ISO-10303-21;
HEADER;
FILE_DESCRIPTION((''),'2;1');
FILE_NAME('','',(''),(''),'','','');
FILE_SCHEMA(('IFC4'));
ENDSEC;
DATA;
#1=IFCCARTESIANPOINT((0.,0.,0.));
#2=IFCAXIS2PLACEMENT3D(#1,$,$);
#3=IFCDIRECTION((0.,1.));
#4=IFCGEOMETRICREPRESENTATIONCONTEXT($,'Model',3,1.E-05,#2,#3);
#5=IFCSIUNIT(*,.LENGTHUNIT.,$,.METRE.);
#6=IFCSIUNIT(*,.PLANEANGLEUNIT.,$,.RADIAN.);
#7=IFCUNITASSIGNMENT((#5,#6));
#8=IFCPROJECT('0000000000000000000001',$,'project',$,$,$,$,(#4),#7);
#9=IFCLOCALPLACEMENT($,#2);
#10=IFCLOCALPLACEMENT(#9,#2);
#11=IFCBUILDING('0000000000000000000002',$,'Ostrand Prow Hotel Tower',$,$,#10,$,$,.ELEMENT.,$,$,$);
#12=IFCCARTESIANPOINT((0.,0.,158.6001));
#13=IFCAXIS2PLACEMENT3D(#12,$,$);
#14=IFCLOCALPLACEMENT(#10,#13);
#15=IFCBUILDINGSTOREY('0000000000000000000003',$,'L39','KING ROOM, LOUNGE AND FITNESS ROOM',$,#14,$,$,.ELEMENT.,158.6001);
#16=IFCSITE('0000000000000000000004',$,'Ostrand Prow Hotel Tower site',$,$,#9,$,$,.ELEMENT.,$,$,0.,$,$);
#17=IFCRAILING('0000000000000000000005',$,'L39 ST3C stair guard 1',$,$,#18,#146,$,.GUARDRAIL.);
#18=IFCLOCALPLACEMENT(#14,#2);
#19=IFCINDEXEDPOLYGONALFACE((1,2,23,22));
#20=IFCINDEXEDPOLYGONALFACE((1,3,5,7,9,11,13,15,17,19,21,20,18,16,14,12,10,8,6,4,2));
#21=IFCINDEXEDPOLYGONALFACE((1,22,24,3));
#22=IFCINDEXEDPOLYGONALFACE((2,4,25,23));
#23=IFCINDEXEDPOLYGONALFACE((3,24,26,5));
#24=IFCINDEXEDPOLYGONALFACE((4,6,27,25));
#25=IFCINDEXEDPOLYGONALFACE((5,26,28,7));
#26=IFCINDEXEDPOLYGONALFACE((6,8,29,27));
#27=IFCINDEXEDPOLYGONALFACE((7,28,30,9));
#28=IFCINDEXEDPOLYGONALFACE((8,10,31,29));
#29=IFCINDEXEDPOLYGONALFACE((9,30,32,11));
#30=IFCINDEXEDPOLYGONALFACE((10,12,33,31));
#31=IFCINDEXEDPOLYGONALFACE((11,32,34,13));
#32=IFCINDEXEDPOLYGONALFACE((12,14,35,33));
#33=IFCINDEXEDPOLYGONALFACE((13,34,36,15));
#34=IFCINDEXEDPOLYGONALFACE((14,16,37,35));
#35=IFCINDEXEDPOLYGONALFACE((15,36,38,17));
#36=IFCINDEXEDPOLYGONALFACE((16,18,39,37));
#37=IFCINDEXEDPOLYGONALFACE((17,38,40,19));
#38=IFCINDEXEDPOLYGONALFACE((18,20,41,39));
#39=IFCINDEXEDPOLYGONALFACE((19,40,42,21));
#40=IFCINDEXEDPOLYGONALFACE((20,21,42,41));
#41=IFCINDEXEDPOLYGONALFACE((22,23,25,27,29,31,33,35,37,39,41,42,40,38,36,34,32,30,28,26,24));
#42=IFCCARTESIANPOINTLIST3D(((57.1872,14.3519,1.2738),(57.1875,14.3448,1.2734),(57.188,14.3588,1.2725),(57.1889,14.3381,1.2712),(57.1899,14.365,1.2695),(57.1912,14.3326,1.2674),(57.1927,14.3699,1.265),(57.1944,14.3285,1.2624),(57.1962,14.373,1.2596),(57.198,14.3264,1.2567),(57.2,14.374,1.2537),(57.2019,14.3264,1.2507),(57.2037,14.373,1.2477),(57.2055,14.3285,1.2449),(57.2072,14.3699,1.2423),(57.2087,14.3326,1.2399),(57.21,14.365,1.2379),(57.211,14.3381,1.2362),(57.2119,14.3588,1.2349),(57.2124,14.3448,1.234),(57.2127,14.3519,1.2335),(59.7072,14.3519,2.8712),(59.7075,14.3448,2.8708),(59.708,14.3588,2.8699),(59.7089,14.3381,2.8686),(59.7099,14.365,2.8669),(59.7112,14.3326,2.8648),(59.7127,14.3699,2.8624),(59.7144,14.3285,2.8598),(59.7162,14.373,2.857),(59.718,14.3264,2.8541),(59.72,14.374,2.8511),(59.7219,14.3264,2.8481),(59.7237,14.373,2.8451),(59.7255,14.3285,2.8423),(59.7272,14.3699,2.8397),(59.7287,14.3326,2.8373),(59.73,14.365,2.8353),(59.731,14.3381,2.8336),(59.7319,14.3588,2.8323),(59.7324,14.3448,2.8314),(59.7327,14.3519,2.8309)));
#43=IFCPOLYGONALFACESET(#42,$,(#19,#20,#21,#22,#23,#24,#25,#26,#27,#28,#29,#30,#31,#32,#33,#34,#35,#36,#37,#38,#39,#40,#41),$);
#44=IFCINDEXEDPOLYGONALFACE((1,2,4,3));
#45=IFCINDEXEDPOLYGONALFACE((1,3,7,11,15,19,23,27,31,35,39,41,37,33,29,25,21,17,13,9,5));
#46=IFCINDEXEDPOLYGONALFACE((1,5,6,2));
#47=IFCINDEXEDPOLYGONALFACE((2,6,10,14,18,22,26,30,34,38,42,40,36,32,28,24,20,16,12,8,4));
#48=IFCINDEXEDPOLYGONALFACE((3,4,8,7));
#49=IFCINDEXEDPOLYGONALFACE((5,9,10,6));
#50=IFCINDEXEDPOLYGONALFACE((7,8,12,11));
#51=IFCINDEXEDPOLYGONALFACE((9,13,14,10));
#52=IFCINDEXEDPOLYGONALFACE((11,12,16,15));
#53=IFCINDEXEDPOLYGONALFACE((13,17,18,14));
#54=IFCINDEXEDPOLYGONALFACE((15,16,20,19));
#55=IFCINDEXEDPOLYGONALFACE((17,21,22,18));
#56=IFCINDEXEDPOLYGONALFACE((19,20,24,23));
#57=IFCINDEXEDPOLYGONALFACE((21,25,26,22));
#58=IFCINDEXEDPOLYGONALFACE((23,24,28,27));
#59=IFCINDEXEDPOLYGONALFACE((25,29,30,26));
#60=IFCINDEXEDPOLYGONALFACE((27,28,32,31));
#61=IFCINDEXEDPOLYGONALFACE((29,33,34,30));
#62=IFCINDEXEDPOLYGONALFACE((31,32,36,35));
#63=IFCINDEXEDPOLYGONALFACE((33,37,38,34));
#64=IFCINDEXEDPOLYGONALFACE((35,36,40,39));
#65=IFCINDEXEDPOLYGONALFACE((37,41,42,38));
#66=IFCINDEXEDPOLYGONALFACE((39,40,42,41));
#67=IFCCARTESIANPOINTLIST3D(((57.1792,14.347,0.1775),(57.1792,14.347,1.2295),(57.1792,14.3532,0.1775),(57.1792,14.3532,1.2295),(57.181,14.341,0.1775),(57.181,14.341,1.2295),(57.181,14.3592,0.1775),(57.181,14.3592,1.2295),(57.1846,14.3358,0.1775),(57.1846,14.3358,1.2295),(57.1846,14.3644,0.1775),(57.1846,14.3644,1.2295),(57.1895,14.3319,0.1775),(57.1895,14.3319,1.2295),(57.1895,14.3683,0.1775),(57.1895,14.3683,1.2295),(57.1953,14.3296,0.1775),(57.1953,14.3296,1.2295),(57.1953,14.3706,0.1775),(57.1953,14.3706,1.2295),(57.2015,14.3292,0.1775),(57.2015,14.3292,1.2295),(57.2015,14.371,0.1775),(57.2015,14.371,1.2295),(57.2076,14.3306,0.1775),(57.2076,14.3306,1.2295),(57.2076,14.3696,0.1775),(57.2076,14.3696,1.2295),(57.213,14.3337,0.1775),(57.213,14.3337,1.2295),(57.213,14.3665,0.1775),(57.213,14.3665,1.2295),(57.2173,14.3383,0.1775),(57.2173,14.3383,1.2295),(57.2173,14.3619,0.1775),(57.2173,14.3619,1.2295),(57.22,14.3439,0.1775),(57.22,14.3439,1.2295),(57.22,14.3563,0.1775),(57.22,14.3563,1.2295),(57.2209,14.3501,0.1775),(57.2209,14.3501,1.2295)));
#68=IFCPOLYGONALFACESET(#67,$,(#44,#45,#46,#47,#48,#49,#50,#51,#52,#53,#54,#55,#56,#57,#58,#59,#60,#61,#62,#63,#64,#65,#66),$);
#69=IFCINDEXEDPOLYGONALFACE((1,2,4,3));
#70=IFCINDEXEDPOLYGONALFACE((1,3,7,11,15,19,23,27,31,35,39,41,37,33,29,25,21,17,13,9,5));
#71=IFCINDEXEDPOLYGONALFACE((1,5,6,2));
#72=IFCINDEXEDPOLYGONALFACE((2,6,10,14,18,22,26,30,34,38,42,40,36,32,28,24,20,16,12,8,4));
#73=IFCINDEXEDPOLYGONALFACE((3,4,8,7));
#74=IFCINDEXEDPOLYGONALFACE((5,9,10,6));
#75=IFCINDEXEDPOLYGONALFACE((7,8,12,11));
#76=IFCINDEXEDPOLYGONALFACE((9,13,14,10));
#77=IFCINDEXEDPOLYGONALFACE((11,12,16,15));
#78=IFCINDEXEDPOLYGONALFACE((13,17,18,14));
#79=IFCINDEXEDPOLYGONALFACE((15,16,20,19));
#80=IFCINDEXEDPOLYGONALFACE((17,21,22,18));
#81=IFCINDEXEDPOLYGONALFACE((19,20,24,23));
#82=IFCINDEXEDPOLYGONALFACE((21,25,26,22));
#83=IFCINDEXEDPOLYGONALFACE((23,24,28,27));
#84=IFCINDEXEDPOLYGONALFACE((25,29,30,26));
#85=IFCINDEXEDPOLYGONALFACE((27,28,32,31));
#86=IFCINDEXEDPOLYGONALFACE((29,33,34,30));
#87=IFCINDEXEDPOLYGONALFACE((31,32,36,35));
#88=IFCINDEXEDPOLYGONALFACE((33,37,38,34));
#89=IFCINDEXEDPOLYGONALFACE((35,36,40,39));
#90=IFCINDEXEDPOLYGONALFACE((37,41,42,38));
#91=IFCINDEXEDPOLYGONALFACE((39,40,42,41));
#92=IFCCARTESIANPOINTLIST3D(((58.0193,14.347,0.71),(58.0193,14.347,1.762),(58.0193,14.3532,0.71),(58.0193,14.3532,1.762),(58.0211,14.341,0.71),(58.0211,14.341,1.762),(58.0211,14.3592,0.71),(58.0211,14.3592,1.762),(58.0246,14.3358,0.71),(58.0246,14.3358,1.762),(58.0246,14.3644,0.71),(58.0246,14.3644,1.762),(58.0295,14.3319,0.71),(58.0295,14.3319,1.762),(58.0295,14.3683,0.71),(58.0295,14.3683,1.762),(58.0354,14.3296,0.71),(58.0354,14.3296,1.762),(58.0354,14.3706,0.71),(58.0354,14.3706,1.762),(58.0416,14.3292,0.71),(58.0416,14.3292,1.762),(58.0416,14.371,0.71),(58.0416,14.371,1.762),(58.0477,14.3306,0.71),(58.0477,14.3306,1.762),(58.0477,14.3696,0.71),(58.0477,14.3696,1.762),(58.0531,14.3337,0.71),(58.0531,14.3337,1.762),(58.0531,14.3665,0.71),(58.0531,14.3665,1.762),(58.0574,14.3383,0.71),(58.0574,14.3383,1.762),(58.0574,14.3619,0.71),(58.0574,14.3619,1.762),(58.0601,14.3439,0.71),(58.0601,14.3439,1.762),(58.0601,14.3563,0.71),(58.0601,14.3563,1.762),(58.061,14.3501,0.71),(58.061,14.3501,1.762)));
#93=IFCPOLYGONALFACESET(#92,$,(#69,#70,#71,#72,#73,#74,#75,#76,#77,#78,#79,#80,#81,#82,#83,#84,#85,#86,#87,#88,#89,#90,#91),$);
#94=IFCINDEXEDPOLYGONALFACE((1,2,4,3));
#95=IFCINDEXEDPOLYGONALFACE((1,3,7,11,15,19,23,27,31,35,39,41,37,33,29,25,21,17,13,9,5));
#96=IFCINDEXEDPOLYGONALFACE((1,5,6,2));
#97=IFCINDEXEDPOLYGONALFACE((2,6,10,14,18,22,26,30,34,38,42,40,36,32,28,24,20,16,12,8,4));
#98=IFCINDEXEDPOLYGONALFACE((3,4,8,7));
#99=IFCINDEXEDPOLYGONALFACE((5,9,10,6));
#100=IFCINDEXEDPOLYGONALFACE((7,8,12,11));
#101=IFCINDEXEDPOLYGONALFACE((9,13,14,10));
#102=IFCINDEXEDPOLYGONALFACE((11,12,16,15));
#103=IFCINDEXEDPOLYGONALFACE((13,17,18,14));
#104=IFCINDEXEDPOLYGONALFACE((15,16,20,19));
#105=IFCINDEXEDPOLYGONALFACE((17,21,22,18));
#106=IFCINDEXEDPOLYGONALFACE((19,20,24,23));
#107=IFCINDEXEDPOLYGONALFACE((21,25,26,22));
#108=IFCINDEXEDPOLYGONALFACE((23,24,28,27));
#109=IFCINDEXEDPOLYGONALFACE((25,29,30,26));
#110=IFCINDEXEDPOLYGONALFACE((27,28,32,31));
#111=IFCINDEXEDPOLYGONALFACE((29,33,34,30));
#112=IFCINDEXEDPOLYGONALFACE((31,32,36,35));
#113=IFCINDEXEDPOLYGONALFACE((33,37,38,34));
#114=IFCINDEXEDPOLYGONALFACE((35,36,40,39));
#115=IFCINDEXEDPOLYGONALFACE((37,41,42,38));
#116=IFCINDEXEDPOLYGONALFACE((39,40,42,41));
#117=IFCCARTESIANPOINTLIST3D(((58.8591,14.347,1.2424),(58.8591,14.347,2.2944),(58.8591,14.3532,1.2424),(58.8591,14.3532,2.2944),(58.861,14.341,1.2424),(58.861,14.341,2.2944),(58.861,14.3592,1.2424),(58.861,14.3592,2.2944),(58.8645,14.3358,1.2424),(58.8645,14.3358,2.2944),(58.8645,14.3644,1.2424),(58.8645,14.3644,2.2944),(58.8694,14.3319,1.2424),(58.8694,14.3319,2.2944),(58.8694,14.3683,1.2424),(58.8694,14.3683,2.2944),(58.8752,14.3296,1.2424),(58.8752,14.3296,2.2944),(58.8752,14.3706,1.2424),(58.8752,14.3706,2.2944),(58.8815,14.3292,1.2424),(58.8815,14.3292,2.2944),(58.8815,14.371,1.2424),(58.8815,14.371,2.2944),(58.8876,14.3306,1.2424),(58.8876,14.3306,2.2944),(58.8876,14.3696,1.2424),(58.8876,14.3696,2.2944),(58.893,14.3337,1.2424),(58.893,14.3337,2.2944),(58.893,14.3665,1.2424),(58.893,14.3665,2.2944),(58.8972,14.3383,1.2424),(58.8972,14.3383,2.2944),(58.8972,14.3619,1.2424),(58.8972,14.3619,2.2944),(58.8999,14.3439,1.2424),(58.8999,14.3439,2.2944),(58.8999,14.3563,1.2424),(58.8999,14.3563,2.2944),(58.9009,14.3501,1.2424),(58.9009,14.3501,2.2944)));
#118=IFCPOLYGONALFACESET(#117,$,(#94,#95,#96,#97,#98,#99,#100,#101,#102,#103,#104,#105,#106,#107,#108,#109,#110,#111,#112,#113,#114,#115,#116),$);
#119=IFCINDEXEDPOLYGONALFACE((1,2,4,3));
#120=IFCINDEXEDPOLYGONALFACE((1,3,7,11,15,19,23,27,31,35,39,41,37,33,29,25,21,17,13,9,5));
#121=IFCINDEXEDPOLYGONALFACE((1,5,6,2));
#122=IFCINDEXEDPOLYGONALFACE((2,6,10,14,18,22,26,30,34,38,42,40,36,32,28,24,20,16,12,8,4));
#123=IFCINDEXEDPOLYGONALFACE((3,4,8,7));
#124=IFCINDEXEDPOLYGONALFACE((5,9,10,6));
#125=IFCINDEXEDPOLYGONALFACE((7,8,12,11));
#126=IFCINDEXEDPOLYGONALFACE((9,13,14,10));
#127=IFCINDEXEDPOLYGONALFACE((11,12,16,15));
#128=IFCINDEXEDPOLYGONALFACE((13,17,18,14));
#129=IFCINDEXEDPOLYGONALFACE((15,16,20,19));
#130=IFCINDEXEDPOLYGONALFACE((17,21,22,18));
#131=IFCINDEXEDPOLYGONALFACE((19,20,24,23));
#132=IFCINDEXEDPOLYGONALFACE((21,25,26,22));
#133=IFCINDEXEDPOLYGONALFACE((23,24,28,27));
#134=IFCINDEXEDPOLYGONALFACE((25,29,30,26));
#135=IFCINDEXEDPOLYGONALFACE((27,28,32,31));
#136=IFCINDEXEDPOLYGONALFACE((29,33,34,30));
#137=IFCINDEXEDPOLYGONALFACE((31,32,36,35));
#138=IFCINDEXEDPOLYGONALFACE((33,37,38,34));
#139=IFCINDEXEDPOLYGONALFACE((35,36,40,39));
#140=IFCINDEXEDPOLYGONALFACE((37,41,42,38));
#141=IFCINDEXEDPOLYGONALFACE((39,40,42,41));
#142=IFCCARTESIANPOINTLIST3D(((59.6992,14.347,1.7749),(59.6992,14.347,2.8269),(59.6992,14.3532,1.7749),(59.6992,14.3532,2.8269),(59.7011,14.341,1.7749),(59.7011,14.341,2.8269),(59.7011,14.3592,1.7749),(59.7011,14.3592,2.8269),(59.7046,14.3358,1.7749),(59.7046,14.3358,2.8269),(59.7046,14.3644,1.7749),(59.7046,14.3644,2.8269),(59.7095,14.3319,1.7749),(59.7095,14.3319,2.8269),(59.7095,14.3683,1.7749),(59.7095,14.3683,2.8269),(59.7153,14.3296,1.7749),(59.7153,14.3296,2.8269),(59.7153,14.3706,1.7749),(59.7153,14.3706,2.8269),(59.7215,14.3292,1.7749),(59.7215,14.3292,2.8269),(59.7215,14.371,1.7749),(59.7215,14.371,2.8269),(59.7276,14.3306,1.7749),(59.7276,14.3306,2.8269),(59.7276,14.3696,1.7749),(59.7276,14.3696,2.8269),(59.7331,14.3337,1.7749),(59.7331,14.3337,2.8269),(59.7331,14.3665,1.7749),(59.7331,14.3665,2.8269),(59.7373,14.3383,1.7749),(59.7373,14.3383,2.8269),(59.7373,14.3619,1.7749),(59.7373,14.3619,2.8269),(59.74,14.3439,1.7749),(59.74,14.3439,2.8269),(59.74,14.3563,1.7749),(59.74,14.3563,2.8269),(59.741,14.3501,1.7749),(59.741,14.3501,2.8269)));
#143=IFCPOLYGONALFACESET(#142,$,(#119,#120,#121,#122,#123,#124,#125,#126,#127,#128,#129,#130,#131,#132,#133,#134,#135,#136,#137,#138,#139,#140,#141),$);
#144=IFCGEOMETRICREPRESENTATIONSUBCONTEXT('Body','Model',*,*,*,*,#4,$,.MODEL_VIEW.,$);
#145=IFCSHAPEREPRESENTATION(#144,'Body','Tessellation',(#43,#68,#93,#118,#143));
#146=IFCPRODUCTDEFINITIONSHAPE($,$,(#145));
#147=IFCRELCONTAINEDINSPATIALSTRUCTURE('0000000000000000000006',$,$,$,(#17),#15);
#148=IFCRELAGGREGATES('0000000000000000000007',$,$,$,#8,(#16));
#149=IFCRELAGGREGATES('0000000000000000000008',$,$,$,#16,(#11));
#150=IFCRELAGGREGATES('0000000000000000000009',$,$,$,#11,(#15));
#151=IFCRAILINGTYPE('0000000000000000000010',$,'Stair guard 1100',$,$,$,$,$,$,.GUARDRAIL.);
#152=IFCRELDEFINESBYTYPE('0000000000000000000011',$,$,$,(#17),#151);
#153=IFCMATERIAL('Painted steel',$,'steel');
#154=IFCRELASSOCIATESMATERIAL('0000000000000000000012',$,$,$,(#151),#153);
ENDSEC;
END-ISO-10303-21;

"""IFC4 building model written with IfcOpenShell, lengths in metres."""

from ifc_helpers import new_model, si_unit, direction, frame, origin, origin_2d, place, context, subcontext, project, spatial, circle, extrude, material, type_object, element, save


model = new_model("IFC4")

# Units and contexts
model_context = context("Model", 3, precision=1e-05, world=origin(), true_north=direction((0.0, 1.0)))
body_context = subcontext(model_context, "Body", "Model", "MODEL_VIEW")
ifc_project = project(units=[si_unit("LENGTHUNIT", "METRE"), si_unit("PLANEANGLEUNIT", "RADIAN")], contexts=[model_context])

# Site, building, storey
site_placement = place(None, origin())
site = spatial("IfcSite", under=ifc_project, at=site_placement, Name="Ostrand Prow Hotel Tower site", CompositionType="ELEMENT", RefElevation=0.0)
building_placement = place(site_placement, origin())
building = spatial("IfcBuilding", under=site, at=building_placement, Name="Ostrand Prow Hotel Tower", CompositionType="ELEMENT")
storey_placement = place(building_placement, frame((0.0, 0.0, 158.6001)))
storey = spatial("IfcBuildingStorey", under=building, at=storey_placement, Name="L39", Description="KING ROOM, LOUNGE AND FITNESS ROOM", CompositionType="ELEMENT", Elevation=158.6001)

# Railing
ifc_material_1 = material(Name="Painted steel", Category="steel")
railing_type_1 = type_object("IfcRailingType", Name="Stair guard 1100", PredefinedType="GUARDRAIL", material=ifc_material_1)
railing_1_placement = place(storey_placement, frame((57.2, 14.3501, 0.1775)))
element("IfcRailing", 1, at=railing_1_placement, inside=storey, type_object=railing_type_1, Name="L39 ST3C stair guard 1", PredefinedType="GUARDRAIL", context=body_context, shape_type="SweptSolid", body=[
    extrude(circle(Radius=0.0239, at=origin_2d()), frame((0.0, 0.0, 1.0762), z_axis=(0.844607, 0.0, 0.535387), x_axis=(0.0, 1.0, 0.0)), (0.0, 0.0, 1.0), 2.9836),
    extrude(circle(Radius=0.021, at=origin_2d()), origin(), (0.0, 0.0, 1.0), 1.052),
    extrude(circle(Radius=0.021, at=origin_2d()), frame((0.8401, 0.0, 0.5325)), (0.0, 0.0, 1.0), 1.052),
    extrude(circle(Radius=0.021, at=origin_2d()), frame((1.6799, 0.0, 1.0649)), (0.0, 0.0, 1.0), 1.052),
    extrude(circle(Radius=0.021, at=origin_2d()), frame((2.52, 0.0, 1.5974)), (0.0, 0.0, 1.0), 1.052),
])

save(model, "model.ifc")
